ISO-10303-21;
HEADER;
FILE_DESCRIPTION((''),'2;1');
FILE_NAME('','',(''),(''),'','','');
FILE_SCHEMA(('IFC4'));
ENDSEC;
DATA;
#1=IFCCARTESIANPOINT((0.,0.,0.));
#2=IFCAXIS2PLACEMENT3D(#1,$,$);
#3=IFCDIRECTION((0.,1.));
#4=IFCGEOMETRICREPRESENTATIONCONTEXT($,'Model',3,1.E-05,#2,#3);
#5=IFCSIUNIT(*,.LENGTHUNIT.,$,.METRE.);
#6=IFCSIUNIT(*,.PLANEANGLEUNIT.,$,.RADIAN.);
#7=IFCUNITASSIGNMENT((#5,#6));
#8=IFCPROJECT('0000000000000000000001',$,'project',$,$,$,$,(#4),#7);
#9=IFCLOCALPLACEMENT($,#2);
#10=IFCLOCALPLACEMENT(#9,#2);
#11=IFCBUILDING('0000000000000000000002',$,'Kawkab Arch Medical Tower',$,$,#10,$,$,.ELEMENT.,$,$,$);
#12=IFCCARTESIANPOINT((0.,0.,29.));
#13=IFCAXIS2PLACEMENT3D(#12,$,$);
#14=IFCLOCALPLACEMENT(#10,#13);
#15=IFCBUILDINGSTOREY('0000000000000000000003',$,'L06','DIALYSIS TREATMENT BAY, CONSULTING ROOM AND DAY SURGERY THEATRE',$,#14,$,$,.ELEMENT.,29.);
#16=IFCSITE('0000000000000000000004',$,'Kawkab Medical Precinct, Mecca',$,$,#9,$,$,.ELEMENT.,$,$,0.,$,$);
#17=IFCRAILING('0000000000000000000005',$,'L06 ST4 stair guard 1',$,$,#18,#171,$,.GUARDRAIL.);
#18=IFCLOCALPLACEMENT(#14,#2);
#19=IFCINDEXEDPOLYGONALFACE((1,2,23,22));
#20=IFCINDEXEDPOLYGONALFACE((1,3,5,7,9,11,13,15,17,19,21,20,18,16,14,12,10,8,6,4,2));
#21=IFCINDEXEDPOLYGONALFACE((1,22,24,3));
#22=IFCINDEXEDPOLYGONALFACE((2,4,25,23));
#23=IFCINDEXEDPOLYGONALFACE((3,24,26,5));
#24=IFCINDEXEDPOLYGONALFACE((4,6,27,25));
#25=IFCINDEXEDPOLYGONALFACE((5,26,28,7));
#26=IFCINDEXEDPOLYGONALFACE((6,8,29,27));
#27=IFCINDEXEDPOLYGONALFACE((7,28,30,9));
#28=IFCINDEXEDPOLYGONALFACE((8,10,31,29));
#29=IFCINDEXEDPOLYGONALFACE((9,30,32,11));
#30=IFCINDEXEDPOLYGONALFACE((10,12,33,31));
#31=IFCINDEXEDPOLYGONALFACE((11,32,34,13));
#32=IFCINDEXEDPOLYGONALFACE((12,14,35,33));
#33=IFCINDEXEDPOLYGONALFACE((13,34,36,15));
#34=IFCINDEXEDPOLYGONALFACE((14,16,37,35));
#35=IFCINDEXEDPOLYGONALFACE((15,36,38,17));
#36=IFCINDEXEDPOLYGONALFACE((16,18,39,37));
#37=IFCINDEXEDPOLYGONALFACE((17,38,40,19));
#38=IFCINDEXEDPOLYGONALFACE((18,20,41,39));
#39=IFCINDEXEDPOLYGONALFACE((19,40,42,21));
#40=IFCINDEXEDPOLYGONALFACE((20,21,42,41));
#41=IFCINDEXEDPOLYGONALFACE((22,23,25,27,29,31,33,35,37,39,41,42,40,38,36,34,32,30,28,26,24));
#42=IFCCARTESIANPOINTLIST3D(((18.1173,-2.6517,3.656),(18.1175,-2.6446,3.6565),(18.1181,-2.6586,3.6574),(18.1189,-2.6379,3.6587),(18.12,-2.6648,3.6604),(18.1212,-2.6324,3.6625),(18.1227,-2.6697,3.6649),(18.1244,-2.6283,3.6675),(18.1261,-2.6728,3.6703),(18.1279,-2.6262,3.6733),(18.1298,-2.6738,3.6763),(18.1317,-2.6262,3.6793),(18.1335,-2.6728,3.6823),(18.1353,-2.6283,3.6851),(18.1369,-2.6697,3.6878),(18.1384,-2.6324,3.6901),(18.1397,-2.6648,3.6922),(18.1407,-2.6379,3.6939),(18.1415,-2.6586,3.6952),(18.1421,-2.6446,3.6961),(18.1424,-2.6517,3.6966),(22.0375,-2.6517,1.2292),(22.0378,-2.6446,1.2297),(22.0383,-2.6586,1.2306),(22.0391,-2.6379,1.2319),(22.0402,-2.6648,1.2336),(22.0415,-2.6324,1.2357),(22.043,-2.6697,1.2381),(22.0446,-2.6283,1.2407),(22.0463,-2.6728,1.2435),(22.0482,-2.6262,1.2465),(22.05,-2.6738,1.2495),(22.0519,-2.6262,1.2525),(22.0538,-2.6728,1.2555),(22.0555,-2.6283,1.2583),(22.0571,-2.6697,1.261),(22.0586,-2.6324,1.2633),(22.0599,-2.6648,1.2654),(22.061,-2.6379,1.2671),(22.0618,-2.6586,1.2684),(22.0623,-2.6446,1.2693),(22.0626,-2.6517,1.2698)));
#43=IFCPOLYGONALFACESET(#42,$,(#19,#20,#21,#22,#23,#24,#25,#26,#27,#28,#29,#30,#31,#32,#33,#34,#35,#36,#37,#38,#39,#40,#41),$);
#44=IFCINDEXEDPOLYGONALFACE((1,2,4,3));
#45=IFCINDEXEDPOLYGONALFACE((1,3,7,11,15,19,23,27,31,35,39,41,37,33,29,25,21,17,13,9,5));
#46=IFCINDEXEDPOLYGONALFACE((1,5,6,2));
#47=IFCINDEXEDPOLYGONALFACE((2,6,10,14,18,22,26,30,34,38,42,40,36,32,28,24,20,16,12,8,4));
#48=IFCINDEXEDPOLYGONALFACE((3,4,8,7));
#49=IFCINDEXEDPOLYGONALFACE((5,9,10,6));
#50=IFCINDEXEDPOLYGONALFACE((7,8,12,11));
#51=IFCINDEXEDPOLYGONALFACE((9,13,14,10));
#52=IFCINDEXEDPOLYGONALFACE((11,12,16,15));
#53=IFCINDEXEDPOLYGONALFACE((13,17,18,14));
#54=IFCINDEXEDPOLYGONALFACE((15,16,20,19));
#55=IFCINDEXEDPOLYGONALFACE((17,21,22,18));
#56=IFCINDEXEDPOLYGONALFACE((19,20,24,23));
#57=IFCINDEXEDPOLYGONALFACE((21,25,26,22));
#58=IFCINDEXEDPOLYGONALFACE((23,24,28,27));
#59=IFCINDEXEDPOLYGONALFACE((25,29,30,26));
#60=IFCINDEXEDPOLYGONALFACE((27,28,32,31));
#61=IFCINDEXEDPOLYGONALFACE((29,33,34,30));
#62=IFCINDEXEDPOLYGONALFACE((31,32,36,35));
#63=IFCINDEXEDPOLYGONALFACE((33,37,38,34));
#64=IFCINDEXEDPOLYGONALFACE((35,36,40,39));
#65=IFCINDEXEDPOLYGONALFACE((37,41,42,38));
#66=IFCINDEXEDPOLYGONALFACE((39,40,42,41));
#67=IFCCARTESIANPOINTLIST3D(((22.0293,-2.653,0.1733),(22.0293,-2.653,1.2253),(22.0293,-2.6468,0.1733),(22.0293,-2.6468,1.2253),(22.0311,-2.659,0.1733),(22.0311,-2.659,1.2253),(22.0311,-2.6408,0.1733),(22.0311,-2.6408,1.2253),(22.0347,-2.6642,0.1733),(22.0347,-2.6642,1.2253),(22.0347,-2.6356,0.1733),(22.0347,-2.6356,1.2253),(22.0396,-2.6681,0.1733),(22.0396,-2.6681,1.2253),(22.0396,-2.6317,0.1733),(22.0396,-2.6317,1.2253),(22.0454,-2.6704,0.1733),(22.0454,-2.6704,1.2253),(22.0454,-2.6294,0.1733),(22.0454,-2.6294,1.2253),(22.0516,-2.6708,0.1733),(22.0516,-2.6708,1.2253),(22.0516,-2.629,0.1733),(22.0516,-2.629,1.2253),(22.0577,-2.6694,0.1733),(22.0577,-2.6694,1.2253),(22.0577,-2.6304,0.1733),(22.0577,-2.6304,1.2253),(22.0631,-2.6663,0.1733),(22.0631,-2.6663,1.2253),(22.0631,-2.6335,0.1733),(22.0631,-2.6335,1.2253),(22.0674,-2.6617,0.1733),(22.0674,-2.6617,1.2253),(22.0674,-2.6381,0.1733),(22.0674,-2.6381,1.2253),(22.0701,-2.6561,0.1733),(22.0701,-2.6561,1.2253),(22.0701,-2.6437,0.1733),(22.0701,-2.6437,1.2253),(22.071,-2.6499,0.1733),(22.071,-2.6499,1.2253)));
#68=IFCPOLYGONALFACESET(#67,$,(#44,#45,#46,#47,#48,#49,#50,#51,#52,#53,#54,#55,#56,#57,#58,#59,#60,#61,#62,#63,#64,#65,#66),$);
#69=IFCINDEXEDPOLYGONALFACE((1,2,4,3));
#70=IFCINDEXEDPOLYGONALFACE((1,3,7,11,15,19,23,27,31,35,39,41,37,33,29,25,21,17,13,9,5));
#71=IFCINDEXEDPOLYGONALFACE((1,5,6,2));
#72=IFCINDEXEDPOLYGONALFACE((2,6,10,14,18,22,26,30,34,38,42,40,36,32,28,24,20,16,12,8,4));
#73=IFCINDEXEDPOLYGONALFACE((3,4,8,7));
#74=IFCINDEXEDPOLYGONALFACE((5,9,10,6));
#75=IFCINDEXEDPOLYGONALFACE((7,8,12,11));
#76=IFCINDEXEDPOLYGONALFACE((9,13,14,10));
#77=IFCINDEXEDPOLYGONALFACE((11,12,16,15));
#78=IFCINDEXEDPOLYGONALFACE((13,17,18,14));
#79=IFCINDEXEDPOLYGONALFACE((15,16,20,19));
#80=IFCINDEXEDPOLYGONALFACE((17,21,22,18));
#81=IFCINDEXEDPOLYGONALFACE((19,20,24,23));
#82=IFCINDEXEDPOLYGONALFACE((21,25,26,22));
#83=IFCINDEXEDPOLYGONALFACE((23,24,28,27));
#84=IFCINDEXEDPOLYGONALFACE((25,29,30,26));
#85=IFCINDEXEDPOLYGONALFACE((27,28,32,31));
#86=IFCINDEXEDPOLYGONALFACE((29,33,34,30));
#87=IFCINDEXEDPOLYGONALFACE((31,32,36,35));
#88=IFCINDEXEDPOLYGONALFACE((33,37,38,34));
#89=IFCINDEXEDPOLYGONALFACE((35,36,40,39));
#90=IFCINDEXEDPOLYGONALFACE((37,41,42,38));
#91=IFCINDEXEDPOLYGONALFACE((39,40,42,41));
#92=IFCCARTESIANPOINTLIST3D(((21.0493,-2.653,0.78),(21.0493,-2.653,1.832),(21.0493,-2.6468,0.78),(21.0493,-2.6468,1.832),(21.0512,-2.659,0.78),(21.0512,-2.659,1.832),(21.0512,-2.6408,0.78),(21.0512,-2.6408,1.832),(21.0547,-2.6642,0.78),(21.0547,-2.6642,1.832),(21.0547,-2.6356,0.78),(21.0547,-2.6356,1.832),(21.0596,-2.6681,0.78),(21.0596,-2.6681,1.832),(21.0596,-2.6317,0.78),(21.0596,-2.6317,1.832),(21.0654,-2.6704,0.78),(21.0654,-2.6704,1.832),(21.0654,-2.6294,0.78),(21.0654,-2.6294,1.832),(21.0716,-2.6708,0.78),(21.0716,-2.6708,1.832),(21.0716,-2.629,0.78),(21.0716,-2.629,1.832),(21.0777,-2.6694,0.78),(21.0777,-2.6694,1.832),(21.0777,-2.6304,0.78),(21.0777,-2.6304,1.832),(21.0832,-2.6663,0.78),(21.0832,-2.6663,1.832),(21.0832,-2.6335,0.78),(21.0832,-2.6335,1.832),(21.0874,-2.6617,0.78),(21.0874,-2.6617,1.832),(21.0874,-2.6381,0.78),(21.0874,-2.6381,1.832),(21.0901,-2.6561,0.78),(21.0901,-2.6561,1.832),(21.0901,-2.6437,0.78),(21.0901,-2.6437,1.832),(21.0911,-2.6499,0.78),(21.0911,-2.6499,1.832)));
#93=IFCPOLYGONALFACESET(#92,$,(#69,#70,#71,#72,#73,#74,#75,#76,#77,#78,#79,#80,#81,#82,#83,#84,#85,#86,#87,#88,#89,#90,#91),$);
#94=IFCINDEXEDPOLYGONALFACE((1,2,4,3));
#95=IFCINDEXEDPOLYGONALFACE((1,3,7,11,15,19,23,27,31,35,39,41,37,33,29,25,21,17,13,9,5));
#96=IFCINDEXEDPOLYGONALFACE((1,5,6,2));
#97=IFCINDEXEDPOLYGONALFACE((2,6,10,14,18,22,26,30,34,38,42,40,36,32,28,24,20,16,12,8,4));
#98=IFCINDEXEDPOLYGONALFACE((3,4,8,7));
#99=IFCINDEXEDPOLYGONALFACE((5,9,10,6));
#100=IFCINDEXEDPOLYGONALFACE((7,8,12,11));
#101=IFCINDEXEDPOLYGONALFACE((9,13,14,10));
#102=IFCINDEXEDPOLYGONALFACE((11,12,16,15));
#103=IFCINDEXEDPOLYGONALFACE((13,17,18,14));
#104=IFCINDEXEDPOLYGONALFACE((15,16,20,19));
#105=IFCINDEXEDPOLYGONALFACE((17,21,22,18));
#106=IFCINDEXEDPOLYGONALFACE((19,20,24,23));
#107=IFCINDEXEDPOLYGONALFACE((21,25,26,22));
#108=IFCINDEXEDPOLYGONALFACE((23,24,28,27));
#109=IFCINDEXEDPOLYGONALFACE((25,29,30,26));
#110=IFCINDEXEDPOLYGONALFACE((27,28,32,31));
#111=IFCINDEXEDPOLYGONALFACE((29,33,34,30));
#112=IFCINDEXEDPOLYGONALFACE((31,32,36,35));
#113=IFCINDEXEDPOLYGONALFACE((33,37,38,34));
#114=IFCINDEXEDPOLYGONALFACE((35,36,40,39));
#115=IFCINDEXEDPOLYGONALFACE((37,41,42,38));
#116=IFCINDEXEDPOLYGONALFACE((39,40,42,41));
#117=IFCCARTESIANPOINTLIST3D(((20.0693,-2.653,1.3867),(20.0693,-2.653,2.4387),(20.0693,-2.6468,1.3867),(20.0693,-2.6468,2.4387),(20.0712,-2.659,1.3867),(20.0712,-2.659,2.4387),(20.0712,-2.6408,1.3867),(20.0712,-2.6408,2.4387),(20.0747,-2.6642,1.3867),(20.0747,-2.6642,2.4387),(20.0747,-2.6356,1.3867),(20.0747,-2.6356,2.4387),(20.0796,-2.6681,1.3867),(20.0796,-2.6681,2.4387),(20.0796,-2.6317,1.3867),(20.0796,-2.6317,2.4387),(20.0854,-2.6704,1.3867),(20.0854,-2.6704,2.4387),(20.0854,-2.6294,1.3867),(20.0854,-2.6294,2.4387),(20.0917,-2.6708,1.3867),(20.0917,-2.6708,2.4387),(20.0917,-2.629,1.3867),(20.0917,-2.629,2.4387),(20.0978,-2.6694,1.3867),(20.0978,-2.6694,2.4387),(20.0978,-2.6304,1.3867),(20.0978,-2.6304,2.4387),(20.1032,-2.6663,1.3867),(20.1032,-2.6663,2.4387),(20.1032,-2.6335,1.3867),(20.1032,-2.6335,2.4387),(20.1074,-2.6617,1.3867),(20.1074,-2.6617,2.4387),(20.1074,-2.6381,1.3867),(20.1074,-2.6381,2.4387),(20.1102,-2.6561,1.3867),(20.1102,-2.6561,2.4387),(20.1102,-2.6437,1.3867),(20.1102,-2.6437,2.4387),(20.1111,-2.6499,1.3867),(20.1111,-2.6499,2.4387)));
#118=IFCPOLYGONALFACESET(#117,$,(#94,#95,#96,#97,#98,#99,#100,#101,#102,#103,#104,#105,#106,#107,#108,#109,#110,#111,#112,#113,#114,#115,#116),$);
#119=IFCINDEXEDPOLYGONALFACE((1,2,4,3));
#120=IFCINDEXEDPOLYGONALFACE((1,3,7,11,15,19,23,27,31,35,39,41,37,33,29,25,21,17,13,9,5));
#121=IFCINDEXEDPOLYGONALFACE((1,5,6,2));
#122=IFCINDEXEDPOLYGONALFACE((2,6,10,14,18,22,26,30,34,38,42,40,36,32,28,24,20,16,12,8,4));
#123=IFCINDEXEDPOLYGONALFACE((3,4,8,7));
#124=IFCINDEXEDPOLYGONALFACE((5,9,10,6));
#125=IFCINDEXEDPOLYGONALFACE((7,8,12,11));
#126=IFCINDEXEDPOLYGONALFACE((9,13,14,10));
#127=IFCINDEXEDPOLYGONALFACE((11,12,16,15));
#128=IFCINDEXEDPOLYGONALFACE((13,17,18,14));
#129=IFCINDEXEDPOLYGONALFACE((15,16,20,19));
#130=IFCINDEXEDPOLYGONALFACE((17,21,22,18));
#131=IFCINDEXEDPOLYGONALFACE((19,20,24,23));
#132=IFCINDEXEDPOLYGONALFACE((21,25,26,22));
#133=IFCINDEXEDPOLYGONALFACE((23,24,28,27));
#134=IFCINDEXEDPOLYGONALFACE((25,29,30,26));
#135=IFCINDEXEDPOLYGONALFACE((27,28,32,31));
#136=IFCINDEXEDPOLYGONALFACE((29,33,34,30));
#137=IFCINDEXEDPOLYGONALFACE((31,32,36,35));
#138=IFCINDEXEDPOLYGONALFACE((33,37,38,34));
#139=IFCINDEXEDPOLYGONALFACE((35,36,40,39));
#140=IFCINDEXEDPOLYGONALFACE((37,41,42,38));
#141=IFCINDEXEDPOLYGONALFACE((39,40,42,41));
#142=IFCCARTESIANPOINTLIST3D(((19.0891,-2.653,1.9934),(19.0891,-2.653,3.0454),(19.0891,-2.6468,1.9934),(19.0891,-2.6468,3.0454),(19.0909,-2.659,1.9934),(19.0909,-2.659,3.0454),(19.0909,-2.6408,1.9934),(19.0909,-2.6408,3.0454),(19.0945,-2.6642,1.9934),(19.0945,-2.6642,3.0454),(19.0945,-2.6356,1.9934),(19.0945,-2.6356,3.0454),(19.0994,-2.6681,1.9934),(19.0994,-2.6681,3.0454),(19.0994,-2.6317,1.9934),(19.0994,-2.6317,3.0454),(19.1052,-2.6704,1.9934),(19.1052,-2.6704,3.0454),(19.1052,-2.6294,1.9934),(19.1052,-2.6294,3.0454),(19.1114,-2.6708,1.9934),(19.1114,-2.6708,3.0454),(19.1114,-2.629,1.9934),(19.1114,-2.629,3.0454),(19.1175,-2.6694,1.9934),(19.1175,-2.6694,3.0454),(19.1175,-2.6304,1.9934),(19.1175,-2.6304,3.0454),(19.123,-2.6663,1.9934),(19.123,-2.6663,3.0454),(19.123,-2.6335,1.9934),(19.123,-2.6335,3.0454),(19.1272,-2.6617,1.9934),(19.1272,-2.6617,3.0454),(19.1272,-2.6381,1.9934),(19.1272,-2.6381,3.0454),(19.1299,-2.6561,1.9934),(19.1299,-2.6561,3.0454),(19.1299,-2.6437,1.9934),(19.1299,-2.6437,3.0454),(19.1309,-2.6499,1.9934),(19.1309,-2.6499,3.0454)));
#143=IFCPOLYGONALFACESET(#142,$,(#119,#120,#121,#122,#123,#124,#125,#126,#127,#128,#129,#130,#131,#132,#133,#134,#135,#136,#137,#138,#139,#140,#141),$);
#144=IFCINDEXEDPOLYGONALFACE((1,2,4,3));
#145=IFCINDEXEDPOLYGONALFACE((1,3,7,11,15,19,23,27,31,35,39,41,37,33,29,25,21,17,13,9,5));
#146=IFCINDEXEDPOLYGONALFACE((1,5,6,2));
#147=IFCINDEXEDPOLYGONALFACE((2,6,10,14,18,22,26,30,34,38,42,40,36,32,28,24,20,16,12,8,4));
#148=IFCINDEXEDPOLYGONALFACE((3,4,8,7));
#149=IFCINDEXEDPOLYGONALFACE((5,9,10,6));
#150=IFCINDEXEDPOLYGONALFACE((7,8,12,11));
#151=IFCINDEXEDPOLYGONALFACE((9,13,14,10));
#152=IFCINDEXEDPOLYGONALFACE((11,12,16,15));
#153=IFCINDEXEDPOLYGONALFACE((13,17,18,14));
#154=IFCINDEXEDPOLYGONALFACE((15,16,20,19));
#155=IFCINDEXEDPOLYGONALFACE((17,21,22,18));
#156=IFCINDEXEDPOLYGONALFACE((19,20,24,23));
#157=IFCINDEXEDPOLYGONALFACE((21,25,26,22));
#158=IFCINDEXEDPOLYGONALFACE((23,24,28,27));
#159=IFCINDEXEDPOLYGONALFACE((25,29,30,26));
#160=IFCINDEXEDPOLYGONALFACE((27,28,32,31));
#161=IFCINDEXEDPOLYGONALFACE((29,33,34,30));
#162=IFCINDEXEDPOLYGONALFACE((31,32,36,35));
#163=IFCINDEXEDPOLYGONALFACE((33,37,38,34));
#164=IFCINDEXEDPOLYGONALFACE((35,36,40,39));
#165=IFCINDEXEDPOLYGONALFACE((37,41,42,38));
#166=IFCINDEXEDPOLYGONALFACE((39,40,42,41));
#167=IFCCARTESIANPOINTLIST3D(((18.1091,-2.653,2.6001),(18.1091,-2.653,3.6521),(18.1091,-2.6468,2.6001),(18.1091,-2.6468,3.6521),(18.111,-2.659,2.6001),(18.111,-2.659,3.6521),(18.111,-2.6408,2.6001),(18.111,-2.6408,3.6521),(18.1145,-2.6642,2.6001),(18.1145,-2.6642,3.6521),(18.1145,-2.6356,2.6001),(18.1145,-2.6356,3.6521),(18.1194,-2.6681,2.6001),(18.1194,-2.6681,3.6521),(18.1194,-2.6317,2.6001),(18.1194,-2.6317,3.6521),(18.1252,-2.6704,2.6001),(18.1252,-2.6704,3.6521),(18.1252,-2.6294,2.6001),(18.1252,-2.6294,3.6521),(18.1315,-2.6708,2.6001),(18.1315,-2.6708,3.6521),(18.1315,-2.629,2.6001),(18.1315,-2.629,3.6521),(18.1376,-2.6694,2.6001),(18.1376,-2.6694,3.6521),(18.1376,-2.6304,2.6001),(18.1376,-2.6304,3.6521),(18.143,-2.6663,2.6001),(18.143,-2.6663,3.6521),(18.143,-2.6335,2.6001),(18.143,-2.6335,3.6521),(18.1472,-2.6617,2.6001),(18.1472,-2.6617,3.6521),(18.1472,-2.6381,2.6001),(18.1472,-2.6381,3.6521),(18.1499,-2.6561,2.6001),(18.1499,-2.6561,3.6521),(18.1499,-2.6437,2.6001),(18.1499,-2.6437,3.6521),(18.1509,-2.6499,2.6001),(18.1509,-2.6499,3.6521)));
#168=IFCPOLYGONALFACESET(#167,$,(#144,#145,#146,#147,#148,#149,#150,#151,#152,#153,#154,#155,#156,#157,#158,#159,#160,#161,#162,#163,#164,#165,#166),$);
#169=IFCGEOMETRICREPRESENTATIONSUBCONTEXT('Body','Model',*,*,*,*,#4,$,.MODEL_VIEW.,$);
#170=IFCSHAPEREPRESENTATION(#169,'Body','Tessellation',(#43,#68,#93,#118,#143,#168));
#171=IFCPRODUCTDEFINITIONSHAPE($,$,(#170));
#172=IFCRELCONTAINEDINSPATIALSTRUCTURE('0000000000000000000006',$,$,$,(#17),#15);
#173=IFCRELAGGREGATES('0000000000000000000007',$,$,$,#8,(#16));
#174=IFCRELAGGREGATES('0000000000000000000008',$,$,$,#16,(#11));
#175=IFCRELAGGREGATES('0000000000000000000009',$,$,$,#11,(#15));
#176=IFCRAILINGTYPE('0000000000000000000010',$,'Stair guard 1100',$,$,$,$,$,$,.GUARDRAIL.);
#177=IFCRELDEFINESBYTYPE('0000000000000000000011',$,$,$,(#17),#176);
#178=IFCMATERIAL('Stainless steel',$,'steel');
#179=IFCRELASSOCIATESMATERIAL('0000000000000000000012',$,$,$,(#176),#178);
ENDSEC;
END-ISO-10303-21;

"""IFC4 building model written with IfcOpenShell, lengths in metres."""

from ifc_helpers import new_model, si_unit, direction, frame, origin, origin_2d, place, context, subcontext, project, spatial, circle, extrude, material, type_object, element, save


model = new_model("IFC4")

# Units and contexts
model_context = context("Model", 3, precision=1e-05, world=origin(), true_north=direction((0.0, 1.0)))
body_context = subcontext(model_context, "Body", "Model", "MODEL_VIEW")
ifc_project = project(units=[si_unit("LENGTHUNIT", "METRE"), si_unit("PLANEANGLEUNIT", "RADIAN")], contexts=[model_context])

# Site, building, storey
site_placement = place(None, origin())
site = spatial("IfcSite", under=ifc_project, at=site_placement, Name="Kawkab Medical Precinct, Mecca", CompositionType="ELEMENT", RefElevation=0.0)
building_placement = place(site_placement, origin())
building = spatial("IfcBuilding", under=site, at=building_placement, Name="Kawkab Arch Medical Tower", CompositionType="ELEMENT")
storey_placement = place(building_placement, frame((0.0, 0.0, 29.0)))
storey = spatial("IfcBuildingStorey", under=building, at=storey_placement, Name="L06", Description="DIALYSIS TREATMENT BAY, CONSULTING ROOM AND DAY SURGERY THEATRE", CompositionType="ELEMENT", Elevation=29.0)

# Railing
ifc_material_1 = material(Name="Stainless steel", Category="steel")
railing_type = type_object("IfcRailingType", Name="Stair guard 1100", PredefinedType="GUARDRAIL", material=ifc_material_1)
railing_1_placement = place(storey_placement, frame((22.05, -2.6499, 0.1733)))
element("IfcRailing", 1, at=railing_1_placement, inside=storey, type_object=railing_type, Name="L06 ST4 stair guard 1", PredefinedType="GUARDRAIL", context=body_context, shape_type="SweptSolid", body=[
    extrude(circle(Radius=0.0239, at=origin_2d()), frame((0.0, 0.0, 1.0762), z_axis=(-0.850266, 0.0, 0.526353), x_axis=(0.0, -1.0, 0.0)), (0.0, 0.0, 1.0), 4.6106),
    extrude(circle(Radius=0.021, at=origin_2d()), origin(), (0.0, 0.0, 1.0), 1.052),
    extrude(circle(Radius=0.021, at=origin_2d()), frame((-0.98, 0.0, 0.6067)), (0.0, 0.0, 1.0), 1.052),
    extrude(circle(Radius=0.021, at=origin_2d()), frame((-1.96, 0.0, 1.2134)), (0.0, 0.0, 1.0), 1.052),
    extrude(circle(Radius=0.021, at=origin_2d()), frame((-2.9402, 0.0, 1.8201)), (0.0, 0.0, 1.0), 1.052),
    extrude(circle(Radius=0.021, at=origin_2d()), frame((-3.9202, 0.0, 2.4268)), (0.0, 0.0, 1.0), 1.052),
])

save(model, "model.ifc")
